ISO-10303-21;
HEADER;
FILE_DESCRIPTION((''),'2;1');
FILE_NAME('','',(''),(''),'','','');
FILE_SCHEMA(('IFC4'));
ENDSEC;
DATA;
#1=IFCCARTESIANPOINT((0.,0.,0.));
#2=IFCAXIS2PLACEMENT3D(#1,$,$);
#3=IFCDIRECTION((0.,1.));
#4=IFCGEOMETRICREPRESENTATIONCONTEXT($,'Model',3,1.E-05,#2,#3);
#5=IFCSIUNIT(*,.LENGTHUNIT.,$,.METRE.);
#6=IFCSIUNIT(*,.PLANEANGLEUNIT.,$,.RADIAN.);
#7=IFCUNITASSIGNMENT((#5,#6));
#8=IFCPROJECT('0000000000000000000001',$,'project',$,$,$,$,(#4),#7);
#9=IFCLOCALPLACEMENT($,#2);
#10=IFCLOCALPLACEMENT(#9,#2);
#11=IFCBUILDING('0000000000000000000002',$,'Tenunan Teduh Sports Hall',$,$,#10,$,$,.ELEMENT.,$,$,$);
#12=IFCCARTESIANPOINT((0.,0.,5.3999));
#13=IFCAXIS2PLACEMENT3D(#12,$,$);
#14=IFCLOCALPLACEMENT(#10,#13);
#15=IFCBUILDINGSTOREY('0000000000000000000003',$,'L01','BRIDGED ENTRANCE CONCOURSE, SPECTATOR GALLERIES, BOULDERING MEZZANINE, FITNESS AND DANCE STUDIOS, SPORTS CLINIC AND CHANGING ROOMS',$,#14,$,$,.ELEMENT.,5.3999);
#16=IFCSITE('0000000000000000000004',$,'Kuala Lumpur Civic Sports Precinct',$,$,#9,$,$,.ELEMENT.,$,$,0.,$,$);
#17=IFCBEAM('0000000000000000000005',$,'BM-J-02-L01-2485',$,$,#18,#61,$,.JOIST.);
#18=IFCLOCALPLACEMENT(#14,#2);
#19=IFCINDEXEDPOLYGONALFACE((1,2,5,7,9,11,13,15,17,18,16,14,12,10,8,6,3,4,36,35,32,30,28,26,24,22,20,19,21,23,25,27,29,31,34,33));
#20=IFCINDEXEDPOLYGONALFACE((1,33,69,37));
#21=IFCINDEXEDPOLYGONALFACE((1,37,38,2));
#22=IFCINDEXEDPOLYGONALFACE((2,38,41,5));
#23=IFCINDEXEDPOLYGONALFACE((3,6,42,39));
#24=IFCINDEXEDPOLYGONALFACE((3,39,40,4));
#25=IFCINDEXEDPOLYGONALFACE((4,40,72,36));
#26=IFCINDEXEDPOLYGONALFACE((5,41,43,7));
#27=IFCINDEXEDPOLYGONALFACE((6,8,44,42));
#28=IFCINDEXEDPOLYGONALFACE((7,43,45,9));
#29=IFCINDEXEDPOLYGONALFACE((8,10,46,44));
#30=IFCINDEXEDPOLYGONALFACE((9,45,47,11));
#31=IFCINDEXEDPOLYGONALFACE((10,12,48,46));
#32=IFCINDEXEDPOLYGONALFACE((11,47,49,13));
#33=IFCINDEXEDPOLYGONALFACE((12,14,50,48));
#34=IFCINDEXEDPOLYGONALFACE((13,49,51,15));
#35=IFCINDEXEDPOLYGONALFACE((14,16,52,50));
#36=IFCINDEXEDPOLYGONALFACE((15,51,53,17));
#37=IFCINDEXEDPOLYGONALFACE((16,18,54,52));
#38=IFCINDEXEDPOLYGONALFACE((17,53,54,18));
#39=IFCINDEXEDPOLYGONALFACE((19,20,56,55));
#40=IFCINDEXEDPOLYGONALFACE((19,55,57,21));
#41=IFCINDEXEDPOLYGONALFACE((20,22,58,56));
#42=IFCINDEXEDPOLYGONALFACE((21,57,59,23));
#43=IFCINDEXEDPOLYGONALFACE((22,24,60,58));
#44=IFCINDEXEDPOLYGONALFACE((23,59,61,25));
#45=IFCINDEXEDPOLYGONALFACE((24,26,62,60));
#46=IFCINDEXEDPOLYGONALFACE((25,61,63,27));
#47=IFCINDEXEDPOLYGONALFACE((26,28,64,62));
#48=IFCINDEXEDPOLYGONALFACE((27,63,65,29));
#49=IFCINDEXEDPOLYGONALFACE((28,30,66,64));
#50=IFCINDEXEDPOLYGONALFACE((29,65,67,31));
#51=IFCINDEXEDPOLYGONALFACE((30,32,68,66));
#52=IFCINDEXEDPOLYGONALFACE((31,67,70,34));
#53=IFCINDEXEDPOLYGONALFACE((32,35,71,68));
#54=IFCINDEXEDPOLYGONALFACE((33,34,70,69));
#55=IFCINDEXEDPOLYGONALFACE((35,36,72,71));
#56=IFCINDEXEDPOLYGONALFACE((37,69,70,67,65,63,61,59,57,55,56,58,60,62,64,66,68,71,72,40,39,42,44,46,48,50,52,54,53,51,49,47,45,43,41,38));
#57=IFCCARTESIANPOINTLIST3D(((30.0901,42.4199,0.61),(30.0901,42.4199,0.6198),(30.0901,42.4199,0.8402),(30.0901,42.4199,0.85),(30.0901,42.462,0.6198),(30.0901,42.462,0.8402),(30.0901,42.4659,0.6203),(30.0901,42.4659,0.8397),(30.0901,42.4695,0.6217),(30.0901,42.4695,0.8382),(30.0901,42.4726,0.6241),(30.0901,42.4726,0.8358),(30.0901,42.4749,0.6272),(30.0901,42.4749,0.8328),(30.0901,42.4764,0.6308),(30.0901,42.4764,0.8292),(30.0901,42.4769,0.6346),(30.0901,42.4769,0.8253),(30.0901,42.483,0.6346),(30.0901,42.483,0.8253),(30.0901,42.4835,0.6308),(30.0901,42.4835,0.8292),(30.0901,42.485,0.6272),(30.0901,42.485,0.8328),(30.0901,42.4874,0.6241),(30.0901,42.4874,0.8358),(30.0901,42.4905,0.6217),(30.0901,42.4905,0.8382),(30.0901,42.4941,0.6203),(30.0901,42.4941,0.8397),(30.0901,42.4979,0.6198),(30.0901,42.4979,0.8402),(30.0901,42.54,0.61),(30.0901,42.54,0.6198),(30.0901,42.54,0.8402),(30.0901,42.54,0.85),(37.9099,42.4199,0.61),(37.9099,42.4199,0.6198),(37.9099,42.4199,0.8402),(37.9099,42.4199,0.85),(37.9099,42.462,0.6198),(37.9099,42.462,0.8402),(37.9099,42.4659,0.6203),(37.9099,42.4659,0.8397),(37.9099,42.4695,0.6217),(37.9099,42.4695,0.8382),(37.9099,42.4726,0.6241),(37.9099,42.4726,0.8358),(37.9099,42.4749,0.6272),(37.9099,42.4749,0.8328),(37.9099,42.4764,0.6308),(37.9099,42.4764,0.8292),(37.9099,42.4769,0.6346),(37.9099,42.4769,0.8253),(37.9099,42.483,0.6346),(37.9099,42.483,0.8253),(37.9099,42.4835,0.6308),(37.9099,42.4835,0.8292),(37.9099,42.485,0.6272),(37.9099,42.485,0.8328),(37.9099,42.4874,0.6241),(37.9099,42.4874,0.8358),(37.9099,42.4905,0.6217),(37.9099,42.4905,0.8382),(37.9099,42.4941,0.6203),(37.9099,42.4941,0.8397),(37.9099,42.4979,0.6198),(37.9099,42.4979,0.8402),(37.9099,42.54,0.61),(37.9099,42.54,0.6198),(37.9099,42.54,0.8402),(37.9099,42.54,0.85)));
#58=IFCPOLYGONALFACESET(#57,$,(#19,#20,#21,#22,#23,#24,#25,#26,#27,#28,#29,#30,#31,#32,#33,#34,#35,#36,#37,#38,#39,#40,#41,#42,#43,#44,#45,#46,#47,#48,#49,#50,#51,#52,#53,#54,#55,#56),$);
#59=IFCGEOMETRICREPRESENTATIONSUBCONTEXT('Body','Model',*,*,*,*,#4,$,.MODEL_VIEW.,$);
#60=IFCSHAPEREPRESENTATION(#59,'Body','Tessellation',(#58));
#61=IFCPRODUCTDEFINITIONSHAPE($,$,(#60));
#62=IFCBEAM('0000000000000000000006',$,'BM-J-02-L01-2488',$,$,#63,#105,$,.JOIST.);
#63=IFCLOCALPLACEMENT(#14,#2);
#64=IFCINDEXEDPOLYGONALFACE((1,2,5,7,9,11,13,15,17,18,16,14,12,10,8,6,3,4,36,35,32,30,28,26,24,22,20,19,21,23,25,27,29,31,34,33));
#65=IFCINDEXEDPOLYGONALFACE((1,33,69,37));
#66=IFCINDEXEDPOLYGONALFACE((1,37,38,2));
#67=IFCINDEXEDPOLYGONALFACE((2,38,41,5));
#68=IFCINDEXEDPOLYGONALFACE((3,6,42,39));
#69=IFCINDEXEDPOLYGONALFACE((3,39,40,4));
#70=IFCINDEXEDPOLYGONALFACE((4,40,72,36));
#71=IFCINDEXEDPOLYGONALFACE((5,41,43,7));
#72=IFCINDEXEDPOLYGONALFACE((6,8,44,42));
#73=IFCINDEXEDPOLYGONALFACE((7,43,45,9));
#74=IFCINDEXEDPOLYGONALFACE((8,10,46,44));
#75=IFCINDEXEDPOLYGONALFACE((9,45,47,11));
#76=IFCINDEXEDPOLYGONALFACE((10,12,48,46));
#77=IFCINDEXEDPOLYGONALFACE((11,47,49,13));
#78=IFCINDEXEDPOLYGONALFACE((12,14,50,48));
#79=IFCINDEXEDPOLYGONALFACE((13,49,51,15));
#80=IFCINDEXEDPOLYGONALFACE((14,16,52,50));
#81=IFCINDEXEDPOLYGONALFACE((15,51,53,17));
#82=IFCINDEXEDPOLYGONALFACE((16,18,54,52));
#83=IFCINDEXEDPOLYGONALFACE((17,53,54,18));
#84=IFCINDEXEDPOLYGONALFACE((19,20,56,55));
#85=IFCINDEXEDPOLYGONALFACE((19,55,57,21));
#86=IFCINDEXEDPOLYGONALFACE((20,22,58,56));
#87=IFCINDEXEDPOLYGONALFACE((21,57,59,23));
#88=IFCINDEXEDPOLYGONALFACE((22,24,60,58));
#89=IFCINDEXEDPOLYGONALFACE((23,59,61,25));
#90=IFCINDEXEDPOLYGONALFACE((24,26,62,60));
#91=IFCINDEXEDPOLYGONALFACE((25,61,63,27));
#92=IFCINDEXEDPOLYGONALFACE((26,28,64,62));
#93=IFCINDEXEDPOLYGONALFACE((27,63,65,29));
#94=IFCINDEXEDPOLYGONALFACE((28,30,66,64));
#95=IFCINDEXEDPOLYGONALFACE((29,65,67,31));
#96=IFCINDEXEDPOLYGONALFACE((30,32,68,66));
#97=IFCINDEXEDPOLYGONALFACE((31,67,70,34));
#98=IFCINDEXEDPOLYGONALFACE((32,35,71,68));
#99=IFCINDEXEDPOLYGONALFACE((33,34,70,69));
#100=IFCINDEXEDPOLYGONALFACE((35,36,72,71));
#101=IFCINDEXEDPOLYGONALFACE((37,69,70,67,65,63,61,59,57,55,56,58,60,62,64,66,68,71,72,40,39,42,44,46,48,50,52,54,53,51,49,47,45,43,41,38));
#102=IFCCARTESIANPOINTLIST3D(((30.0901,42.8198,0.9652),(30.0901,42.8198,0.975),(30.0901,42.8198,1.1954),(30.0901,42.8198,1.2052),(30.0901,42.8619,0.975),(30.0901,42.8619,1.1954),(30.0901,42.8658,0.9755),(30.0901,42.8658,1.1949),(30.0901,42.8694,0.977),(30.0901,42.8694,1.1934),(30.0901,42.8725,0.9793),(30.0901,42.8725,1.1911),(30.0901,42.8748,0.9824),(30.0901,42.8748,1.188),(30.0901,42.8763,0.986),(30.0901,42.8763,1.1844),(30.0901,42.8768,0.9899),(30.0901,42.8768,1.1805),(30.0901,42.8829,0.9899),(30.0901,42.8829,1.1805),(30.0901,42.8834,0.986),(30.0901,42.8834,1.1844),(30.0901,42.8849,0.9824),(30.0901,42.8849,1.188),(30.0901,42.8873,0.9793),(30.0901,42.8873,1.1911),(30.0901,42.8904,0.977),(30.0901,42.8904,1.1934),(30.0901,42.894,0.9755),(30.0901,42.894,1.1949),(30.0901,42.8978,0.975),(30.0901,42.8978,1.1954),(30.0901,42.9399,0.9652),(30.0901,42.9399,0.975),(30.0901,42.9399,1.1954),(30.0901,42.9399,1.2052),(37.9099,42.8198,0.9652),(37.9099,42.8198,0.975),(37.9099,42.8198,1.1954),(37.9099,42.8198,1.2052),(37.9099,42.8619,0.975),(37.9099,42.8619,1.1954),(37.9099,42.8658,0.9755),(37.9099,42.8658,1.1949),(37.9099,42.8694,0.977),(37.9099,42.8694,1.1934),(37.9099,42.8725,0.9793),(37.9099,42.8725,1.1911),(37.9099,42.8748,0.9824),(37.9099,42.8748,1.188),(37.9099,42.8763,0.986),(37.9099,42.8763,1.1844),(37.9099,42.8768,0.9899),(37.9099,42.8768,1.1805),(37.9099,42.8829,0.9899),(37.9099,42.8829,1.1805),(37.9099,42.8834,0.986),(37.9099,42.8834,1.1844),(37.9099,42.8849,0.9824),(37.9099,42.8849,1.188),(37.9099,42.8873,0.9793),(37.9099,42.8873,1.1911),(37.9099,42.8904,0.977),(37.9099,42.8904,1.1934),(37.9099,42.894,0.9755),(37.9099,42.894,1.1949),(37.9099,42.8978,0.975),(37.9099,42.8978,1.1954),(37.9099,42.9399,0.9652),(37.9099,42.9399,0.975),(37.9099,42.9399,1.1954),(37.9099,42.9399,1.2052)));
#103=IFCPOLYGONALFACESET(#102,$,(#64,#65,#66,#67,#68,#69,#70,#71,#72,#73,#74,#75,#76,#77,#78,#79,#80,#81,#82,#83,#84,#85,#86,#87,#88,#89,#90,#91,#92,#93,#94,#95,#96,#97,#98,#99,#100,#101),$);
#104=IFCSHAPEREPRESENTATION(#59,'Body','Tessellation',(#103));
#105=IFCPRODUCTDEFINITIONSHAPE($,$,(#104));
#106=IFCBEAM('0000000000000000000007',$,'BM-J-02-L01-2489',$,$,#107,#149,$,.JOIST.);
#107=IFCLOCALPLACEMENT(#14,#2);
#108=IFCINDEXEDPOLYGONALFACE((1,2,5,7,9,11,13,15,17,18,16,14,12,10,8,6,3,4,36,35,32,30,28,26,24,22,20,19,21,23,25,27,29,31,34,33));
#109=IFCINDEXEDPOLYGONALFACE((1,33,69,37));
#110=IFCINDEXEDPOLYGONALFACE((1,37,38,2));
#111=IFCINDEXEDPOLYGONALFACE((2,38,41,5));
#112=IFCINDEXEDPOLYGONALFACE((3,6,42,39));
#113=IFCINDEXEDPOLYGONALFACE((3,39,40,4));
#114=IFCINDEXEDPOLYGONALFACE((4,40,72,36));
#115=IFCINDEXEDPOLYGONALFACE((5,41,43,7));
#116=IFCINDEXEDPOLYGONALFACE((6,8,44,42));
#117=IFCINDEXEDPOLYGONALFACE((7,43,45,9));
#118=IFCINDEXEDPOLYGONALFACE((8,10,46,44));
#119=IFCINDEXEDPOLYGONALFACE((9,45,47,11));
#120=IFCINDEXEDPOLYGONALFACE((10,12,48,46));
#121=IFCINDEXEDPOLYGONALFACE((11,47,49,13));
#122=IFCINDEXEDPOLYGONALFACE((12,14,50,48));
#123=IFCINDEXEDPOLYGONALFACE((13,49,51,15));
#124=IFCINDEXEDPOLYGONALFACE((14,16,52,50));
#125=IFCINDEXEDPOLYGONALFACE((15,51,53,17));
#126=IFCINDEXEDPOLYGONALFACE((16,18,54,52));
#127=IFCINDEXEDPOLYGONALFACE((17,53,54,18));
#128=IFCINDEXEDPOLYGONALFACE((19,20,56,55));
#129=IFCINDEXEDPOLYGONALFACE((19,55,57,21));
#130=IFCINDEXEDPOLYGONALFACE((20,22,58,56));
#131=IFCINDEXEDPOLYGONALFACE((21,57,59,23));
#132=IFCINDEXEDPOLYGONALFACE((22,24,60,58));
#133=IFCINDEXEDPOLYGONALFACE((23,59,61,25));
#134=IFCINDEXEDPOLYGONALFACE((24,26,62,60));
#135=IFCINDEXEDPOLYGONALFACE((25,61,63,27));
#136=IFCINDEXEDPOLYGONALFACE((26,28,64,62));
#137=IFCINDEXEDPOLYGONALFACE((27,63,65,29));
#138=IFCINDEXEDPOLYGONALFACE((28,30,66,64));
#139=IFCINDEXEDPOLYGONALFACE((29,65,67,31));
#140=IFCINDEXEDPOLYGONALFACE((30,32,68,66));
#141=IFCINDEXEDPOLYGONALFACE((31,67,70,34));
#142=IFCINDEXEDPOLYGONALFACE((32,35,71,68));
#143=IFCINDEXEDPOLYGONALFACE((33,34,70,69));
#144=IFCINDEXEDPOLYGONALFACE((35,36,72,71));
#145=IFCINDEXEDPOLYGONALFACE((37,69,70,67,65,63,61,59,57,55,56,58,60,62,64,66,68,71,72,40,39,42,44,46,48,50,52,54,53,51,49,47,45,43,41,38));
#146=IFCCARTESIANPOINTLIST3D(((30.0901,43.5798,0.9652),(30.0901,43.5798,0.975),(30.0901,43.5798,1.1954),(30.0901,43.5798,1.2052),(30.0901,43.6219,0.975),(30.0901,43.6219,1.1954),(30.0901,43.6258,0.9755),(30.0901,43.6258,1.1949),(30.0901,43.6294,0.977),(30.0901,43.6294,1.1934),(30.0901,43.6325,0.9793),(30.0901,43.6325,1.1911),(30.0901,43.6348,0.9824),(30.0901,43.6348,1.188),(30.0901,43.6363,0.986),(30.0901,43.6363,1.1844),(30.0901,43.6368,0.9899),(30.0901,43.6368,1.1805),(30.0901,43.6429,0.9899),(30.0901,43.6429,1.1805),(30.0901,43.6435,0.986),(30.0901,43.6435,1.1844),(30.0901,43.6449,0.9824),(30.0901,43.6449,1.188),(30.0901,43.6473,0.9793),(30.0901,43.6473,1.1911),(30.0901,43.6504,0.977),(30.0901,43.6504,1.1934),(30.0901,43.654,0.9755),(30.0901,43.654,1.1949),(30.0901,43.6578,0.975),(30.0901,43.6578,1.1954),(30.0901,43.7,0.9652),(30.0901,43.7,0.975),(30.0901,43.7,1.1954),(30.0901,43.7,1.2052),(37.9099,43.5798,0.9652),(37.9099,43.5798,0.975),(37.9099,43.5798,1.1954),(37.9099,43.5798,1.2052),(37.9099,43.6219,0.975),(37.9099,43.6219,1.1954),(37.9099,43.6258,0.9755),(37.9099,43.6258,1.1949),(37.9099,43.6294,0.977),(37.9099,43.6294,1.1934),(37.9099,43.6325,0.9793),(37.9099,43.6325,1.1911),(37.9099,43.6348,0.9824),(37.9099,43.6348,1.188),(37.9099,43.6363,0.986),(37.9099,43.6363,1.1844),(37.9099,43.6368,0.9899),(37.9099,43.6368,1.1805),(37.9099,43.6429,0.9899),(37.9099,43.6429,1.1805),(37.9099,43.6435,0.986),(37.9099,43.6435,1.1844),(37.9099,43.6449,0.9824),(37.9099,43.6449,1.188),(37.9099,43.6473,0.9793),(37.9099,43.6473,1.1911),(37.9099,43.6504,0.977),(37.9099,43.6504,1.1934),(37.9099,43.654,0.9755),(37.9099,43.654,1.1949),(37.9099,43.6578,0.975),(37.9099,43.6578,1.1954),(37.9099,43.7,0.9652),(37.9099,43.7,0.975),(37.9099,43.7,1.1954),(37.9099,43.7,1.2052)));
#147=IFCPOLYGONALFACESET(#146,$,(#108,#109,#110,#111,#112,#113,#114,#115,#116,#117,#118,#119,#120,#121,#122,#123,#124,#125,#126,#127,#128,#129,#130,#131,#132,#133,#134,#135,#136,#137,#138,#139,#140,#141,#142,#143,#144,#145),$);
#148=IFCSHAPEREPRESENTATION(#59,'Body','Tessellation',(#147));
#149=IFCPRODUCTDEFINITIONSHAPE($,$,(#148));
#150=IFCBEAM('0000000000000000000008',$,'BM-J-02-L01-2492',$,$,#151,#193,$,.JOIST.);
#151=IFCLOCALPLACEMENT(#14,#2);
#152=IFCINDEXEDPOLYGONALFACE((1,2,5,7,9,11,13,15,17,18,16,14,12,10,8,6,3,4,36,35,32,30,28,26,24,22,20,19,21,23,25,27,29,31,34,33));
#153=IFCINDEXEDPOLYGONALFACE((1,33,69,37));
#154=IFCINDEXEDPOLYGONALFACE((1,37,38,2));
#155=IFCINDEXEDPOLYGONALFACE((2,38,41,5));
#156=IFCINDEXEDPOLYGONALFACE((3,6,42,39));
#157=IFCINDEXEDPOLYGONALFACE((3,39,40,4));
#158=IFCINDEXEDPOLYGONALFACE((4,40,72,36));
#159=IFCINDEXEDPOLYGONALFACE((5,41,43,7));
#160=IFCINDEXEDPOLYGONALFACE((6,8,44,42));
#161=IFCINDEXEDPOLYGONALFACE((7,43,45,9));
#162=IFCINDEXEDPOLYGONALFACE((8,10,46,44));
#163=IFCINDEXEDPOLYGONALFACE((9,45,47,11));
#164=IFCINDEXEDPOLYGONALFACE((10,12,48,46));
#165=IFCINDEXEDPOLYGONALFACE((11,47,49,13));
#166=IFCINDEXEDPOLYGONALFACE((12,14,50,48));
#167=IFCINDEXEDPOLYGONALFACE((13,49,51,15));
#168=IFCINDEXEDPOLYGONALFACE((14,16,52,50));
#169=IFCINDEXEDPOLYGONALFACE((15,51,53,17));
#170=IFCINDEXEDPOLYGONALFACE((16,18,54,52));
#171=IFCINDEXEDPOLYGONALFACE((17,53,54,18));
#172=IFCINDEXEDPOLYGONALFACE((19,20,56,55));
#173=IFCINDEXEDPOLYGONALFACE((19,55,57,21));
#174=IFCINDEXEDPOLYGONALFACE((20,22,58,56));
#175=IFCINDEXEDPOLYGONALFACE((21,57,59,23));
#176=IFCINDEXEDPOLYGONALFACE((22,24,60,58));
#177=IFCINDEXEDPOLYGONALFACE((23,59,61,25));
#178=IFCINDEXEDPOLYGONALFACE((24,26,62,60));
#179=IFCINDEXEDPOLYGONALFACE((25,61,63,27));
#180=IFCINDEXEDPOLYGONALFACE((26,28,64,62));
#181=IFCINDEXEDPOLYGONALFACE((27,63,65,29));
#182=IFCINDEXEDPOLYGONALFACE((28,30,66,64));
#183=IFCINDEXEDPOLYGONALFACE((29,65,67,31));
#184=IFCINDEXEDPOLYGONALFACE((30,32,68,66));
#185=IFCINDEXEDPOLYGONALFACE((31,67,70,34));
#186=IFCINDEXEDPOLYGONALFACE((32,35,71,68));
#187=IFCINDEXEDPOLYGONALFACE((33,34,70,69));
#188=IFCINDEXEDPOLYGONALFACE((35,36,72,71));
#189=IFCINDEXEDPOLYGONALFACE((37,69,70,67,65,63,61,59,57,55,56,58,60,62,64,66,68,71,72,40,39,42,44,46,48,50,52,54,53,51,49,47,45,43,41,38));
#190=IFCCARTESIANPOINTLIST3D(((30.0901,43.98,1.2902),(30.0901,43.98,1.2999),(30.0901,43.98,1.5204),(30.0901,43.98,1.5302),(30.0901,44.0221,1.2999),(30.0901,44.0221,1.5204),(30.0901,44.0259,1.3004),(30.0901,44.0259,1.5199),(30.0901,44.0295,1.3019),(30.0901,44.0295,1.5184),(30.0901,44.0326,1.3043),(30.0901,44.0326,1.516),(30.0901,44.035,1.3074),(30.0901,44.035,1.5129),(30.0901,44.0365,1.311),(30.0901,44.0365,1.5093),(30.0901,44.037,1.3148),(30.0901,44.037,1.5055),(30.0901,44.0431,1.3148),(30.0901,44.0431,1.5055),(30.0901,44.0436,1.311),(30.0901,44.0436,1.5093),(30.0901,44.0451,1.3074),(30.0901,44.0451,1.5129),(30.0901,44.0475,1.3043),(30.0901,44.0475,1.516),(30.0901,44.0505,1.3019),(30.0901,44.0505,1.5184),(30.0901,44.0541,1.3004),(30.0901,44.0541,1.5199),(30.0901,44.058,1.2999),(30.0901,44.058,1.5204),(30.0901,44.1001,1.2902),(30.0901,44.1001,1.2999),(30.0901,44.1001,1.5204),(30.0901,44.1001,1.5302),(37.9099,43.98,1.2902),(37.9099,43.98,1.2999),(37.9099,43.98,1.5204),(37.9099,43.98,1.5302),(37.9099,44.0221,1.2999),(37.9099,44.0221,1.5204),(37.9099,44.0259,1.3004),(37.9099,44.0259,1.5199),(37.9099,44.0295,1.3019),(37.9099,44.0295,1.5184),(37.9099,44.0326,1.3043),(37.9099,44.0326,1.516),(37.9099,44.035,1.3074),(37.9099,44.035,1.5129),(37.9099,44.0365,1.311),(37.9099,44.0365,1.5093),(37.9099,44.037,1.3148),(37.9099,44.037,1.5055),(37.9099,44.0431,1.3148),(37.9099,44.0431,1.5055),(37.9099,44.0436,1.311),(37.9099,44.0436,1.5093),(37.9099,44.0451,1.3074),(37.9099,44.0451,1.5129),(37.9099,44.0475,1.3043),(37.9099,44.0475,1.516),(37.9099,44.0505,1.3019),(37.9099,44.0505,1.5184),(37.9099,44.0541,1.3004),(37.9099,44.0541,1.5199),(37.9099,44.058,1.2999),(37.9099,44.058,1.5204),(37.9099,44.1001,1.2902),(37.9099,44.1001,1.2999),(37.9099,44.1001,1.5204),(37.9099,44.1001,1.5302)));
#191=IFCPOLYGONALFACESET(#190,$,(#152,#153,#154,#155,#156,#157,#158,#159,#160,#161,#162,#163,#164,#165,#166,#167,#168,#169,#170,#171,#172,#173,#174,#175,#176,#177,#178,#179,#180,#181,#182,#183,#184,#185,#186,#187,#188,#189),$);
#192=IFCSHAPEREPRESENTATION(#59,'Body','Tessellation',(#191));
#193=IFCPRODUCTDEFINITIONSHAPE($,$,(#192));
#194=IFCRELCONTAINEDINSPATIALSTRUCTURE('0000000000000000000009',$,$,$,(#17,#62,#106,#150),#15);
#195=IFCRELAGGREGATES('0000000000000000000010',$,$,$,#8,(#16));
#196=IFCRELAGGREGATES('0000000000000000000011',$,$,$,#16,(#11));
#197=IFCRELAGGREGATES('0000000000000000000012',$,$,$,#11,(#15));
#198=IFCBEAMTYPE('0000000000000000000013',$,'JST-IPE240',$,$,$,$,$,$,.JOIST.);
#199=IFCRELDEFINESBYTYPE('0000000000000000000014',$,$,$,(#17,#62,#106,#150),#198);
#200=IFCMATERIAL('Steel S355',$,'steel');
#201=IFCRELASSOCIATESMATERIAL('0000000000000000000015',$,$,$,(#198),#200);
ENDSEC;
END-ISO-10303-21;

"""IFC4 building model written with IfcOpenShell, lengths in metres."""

from ifc_helpers import new_model, si_unit, direction, frame, origin, origin_2d, place, context, subcontext, project, spatial, i_section, extrude, material, material_profile, profile_set, type_object, element, save


model = new_model("IFC4")

# Units and contexts
model_context = context("Model", 3, precision=1e-05, world=origin(), true_north=direction((0.0, 1.0)))
body_context = subcontext(model_context, "Body", "Model", "MODEL_VIEW")
ifc_project = project(units=[si_unit("LENGTHUNIT", "METRE"), si_unit("PLANEANGLEUNIT", "RADIAN")], contexts=[model_context])

# Site, building, storey
site_placement = place(None, origin())
site = spatial("IfcSite", under=ifc_project, at=site_placement, Name="Kuala Lumpur Civic Sports Precinct", CompositionType="ELEMENT", RefElevation=0.0)
building_placement = place(site_placement, origin())
building = spatial("IfcBuilding", under=site, at=building_placement, Name="Tenunan Teduh Sports Hall", CompositionType="ELEMENT")
storey_placement = place(building_placement, frame((0.0, 0.0, 5.3999)))
storey = spatial("IfcBuildingStorey", under=building, at=storey_placement, Name="L01", Description="BRIDGED ENTRANCE CONCOURSE, SPECTATOR GALLERIES, BOULDERING MEZZANINE, FITNESS AND DANCE STUDIOS, SPORTS CLINIC AND CHANGING ROOMS", CompositionType="ELEMENT", Elevation=5.3999)

# Beams
ifc_material_1 = material(Name="Steel S355", Category="steel")
ifc_material_profile_1 = material_profile(ifc_material_1, i_section(OverallWidth=0.1201, OverallDepth=0.24, WebThickness=0.0061, FlangeThickness=0.0098, FilletRadius=0.0149, at=origin_2d()), Name="IPE 240")
ifc_profile_set_1 = profile_set([ifc_material_profile_1], Name="Steel S355")
beam_type_1 = type_object("IfcBeamType", Name="JST-IPE240", PredefinedType="JOIST", material=ifc_profile_set_1)
for number, where, z_axis, x_axis, name in (
    (1, (30.0901, 42.48, 0.73), (1.0, 0.0, 0.0), (0.0, 1.0, 0.0), "BM-J-02-L01-2485"),
    (2, (30.0901, 42.8799, 1.0852), (1.0, 0.0, 0.0), (0.0, 1.0, 0.0), "BM-J-02-L01-2488"),
    (3, (30.0901, 43.6399, 1.0852), (1.0, 0.0, 0.0), (0.0, 1.0, 0.0), "BM-J-02-L01-2489"),
    (4, (30.0901, 44.04, 1.4102), (1.0, 0.0, 0.0), (0.0, 1.0, 0.0), "BM-J-02-L01-2492"),
):
    element("IfcBeam", number, at=place(storey_placement, frame(where, z_axis=z_axis, x_axis=x_axis)), inside=storey, type_object=beam_type_1, Name=name, PredefinedType="JOIST", context=body_context, shape_type="SweptSolid", body=[
        extrude(i_section(OverallWidth=0.1201, OverallDepth=0.24, WebThickness=0.0061, FlangeThickness=0.0098, FilletRadius=0.0149, at=origin_2d()), origin(), (0.0, 0.0, 1.0), 7.8198),
    ])

save(model, "model.ifc")
